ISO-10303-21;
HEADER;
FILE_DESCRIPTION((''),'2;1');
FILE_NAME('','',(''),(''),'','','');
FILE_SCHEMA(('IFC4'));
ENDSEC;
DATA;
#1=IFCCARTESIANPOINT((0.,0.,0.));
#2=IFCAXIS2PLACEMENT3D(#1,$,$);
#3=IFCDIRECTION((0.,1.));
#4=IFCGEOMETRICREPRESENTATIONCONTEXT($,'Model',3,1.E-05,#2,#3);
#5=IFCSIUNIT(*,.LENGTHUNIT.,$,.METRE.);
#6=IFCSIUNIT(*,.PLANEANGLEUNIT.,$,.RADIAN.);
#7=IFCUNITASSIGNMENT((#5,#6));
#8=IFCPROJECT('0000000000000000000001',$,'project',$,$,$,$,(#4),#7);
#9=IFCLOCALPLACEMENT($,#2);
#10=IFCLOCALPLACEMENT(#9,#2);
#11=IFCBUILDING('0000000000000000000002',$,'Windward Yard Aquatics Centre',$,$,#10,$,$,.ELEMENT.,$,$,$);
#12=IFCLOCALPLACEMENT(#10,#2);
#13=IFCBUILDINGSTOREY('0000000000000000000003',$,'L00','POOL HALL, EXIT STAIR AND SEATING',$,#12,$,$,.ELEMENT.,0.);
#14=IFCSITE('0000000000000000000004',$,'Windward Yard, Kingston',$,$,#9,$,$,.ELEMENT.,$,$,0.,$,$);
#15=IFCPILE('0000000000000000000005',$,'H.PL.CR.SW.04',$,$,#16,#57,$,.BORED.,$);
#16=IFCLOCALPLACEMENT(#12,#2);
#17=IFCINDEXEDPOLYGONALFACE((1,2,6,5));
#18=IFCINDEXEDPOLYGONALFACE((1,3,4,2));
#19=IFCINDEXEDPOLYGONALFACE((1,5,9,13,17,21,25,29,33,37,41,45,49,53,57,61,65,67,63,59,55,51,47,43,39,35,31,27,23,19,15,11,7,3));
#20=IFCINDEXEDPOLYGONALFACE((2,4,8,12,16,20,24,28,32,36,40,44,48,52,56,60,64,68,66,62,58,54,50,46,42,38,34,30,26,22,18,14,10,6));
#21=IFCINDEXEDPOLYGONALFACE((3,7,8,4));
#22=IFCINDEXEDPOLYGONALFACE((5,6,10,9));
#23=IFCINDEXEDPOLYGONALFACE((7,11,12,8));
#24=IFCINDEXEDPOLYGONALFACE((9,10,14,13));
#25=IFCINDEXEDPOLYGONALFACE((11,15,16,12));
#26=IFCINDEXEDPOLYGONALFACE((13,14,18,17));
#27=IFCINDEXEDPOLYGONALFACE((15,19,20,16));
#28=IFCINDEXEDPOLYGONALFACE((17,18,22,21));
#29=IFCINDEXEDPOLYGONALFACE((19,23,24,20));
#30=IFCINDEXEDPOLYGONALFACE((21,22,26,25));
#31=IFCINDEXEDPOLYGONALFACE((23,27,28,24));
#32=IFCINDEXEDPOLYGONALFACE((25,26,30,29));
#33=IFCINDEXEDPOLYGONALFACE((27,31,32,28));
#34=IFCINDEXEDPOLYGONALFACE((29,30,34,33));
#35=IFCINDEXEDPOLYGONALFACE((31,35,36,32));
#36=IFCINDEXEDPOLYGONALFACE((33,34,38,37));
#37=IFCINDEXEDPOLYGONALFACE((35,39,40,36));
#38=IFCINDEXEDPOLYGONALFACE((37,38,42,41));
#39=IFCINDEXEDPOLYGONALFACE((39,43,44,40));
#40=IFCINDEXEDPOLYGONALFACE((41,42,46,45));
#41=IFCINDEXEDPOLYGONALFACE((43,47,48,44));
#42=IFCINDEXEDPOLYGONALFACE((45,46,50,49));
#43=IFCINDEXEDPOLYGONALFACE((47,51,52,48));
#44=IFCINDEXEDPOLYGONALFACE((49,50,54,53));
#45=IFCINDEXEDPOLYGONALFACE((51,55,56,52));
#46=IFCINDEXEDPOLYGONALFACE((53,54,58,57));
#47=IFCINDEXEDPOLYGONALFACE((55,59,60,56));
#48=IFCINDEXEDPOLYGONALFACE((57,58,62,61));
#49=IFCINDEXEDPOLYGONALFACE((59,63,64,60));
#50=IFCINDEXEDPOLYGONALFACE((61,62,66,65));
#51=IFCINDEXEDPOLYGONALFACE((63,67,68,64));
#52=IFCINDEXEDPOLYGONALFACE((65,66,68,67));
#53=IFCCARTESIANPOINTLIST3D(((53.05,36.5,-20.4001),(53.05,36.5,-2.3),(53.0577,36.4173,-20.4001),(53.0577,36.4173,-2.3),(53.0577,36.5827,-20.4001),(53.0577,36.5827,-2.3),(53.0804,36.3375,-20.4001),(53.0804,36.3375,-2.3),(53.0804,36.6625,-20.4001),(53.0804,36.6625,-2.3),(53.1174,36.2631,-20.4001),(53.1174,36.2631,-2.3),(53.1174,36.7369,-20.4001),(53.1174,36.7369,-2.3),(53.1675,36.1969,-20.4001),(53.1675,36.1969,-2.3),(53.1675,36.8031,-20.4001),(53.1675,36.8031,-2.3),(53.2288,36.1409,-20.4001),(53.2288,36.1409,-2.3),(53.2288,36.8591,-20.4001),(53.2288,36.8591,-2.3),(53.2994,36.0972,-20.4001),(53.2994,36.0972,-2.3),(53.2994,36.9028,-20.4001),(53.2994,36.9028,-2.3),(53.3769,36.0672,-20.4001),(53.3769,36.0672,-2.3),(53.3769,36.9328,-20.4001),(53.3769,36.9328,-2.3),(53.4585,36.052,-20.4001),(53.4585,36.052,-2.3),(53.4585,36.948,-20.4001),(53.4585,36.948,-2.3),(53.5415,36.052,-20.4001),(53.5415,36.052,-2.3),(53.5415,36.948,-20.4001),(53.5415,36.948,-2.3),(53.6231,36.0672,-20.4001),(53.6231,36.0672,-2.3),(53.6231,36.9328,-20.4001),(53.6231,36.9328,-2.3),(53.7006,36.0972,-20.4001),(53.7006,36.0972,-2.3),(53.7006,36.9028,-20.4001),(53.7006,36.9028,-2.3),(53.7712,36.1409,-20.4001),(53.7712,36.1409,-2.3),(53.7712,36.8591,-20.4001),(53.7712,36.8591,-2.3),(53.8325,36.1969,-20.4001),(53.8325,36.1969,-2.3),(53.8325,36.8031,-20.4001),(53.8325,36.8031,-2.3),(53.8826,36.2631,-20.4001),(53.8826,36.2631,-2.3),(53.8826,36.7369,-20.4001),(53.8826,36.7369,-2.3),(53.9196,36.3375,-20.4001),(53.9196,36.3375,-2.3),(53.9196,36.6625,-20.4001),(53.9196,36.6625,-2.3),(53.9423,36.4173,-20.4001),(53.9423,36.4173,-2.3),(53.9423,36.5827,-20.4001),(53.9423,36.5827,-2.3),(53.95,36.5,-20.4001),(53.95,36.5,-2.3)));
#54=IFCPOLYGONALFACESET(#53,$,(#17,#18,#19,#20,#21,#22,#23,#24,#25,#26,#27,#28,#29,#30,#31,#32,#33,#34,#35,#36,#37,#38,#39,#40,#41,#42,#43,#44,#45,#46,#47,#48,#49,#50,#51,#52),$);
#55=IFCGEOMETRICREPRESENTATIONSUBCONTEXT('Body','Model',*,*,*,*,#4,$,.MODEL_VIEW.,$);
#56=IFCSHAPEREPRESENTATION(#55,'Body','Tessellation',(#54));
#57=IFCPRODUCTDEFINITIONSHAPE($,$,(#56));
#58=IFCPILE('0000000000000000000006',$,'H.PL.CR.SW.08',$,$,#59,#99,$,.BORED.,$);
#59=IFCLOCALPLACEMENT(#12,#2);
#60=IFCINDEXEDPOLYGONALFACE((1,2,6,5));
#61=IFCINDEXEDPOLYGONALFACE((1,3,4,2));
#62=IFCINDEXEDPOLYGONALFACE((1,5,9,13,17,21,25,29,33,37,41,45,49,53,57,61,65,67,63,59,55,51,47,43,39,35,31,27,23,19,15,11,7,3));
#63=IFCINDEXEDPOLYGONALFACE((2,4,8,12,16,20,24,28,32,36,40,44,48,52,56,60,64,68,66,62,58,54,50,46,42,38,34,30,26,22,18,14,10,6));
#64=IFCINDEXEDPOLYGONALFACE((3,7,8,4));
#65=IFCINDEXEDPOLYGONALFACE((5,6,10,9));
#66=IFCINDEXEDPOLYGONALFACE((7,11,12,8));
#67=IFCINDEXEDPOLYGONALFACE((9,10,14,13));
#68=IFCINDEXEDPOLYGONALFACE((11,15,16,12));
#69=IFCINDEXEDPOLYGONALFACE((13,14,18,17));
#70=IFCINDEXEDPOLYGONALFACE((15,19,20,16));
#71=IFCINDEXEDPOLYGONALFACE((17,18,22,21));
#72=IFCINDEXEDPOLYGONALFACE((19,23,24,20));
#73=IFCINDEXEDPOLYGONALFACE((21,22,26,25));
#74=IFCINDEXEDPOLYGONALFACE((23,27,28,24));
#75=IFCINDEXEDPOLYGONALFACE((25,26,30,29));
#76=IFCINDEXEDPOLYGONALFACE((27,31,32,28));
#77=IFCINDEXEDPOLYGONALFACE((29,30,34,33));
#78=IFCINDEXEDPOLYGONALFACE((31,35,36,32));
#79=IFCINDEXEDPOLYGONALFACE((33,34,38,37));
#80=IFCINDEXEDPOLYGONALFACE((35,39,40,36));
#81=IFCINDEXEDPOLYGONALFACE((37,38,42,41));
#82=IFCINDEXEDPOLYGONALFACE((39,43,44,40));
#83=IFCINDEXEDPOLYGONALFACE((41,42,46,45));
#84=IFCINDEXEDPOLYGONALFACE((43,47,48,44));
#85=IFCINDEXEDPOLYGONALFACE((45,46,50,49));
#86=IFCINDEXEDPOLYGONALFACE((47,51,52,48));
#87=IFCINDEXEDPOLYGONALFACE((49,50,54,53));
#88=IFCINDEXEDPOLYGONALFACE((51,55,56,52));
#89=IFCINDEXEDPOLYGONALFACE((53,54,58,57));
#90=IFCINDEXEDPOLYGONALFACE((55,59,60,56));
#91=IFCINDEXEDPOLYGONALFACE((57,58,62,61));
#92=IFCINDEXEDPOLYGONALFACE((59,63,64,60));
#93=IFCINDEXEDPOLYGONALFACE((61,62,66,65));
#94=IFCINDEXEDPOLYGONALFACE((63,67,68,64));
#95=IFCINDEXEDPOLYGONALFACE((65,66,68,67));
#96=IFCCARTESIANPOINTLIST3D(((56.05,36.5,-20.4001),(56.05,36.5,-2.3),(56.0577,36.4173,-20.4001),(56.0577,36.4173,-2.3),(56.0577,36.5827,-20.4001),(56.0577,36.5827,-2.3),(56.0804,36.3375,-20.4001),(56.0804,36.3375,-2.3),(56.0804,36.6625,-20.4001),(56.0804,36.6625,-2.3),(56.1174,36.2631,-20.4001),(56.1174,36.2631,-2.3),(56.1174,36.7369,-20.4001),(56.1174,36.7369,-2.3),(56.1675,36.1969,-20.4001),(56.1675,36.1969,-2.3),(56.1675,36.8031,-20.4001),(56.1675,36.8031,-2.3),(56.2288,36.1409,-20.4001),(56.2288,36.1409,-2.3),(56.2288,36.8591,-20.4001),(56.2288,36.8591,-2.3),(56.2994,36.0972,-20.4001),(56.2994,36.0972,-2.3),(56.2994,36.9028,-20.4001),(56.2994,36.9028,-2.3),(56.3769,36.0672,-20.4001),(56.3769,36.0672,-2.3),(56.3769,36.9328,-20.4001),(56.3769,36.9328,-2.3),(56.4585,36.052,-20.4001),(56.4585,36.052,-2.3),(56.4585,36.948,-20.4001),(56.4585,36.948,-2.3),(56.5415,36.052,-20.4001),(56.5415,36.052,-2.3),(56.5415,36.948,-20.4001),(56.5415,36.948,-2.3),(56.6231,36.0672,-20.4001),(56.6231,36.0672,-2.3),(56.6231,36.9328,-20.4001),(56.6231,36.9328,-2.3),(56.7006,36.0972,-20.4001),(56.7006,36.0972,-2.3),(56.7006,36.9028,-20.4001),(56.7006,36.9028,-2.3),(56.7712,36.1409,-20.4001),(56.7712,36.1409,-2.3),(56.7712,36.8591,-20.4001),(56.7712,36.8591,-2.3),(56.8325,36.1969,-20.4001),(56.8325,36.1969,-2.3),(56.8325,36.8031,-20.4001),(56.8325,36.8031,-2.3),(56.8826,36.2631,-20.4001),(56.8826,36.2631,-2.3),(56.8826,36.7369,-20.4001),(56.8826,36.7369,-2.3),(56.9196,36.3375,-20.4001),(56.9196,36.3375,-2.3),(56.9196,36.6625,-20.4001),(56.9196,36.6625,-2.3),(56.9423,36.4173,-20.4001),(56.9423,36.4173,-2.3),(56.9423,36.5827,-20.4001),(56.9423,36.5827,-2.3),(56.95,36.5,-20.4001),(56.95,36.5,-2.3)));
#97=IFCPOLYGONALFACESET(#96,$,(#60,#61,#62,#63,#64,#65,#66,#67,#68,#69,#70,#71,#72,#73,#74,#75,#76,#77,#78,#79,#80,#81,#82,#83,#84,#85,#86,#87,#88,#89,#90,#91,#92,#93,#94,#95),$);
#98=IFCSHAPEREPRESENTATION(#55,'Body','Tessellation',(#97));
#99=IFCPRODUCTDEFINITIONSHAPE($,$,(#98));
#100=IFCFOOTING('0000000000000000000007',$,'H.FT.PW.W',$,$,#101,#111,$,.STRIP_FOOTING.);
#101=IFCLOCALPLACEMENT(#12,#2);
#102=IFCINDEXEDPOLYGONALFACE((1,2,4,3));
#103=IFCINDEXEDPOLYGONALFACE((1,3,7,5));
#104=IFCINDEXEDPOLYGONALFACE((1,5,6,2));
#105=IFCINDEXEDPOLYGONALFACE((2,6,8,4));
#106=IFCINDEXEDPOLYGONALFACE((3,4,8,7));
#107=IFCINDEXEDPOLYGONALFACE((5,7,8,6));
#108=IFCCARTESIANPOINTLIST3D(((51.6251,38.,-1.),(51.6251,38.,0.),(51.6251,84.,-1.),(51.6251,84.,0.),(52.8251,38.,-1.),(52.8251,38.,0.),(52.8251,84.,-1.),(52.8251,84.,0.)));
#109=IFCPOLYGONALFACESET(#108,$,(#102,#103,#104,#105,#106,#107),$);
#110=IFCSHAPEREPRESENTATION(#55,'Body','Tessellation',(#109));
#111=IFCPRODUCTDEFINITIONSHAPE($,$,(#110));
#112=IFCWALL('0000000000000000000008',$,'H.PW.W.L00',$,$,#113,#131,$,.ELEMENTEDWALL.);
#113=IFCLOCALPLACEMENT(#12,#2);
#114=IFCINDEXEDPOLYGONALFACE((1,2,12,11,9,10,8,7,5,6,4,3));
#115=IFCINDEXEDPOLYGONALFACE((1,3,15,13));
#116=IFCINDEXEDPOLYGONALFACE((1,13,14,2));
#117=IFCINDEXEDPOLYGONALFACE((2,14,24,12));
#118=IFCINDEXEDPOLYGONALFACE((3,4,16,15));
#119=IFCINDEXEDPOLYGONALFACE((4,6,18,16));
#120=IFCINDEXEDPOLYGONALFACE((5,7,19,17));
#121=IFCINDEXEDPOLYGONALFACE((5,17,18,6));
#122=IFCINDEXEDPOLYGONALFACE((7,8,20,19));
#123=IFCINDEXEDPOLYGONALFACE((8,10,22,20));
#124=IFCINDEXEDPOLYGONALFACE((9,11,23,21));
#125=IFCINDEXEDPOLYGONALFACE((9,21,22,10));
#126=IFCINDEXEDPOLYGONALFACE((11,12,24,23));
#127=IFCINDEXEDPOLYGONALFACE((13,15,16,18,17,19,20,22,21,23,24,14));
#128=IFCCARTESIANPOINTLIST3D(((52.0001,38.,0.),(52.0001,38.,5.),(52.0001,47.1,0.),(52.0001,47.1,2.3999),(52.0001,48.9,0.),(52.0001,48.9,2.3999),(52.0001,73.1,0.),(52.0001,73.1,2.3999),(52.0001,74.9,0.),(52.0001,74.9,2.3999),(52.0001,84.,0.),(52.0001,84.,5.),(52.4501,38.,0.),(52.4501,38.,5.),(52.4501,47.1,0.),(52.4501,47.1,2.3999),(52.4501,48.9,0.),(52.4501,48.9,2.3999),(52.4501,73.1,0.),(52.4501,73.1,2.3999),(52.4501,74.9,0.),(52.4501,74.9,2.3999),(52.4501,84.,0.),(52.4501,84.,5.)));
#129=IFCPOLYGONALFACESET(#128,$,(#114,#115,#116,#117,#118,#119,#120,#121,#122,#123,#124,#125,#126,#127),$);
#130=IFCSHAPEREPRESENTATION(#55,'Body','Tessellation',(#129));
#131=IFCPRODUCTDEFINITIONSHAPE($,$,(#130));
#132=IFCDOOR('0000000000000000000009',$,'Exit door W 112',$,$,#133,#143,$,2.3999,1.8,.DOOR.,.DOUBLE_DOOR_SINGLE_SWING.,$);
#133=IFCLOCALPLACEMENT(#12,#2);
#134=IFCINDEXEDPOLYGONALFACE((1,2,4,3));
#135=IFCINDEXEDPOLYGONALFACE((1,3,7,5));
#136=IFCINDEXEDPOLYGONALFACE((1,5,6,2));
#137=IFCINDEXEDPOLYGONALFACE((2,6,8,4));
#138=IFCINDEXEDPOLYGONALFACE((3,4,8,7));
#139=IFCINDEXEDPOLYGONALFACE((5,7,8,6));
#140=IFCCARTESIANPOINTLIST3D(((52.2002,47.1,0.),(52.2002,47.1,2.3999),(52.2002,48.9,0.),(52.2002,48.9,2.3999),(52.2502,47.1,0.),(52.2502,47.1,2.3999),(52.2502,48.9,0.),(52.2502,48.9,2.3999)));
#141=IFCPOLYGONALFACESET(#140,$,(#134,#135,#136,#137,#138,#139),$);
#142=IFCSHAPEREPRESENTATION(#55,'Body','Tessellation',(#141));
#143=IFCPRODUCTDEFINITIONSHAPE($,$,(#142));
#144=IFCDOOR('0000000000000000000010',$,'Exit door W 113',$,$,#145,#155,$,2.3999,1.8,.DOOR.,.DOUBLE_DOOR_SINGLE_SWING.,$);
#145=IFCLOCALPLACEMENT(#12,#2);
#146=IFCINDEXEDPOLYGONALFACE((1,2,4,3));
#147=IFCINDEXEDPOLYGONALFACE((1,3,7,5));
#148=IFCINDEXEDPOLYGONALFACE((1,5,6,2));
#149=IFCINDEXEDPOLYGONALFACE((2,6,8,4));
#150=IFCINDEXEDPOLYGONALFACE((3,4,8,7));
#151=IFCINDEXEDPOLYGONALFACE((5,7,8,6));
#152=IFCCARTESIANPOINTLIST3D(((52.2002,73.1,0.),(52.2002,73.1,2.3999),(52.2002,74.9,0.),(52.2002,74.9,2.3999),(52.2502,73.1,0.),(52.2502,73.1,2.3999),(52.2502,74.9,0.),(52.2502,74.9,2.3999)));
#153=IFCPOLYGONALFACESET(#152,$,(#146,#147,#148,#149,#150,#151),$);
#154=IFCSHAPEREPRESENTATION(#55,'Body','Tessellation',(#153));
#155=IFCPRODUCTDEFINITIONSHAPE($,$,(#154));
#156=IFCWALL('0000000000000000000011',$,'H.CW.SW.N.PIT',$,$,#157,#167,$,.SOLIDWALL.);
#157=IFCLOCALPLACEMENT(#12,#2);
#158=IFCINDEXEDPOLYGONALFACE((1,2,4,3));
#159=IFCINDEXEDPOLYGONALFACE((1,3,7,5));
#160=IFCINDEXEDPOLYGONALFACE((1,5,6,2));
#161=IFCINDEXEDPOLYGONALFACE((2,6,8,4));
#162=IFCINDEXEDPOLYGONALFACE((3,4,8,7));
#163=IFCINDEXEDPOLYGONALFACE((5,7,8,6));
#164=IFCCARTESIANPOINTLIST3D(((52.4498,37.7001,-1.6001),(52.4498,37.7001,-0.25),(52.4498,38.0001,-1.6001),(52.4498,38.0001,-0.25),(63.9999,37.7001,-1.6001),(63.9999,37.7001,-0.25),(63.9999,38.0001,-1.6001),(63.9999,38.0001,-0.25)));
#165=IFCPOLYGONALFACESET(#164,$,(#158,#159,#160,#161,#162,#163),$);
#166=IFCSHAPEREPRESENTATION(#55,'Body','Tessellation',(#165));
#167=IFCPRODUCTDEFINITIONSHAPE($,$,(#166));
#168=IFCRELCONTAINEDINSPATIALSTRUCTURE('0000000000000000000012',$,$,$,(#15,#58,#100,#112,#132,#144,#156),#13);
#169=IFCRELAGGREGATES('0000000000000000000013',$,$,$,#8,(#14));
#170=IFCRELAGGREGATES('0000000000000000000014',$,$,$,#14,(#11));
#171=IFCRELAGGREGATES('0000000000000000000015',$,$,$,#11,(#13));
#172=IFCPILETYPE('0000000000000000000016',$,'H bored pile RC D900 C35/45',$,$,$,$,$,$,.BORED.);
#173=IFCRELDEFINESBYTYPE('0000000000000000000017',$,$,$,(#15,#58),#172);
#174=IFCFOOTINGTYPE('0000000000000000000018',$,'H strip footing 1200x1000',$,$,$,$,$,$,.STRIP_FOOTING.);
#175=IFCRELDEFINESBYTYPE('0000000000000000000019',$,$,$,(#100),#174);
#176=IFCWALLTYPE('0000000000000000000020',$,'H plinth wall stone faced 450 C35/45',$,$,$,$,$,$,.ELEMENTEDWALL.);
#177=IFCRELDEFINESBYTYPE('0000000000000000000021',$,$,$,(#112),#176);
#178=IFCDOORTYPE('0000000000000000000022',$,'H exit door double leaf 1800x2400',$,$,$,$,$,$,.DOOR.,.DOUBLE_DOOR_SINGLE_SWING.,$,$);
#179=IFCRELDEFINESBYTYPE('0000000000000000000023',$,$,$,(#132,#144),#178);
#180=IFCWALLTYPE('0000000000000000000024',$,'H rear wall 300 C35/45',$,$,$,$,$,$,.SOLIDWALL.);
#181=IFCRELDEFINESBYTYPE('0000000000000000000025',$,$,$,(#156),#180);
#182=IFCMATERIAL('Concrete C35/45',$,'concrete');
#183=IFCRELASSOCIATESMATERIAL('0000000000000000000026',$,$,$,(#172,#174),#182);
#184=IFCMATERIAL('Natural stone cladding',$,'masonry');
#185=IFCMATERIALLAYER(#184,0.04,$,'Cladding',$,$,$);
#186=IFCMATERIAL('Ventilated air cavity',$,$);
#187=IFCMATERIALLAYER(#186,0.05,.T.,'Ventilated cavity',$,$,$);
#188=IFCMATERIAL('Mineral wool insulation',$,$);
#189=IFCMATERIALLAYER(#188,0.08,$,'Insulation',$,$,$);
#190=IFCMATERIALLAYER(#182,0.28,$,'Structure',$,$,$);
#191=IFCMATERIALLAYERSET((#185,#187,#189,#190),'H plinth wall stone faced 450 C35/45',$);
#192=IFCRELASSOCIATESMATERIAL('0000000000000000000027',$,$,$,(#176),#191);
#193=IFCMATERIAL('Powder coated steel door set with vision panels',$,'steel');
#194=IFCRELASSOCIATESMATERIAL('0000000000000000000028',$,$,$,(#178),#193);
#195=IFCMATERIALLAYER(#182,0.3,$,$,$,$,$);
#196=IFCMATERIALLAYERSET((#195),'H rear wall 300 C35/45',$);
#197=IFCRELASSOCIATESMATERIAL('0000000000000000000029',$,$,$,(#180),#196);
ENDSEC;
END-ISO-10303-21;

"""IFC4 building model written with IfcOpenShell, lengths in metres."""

from ifc_helpers import new_model, si_unit, direction, frame, frame_2d, origin, origin_2d, place, context, subcontext, project, spatial, rectangle, circle, extrude, material, layer, layer_set, material_profile, profile_set, type_object, element, fill, save


model = new_model("IFC4")

# Units and contexts
model_context = context("Model", 3, precision=1e-05, world=origin(), true_north=direction((0.0, 1.0)))
body_context = subcontext(model_context, "Body", "Model", "MODEL_VIEW")
ifc_project = project(units=[si_unit("LENGTHUNIT", "METRE"), si_unit("PLANEANGLEUNIT", "RADIAN")], contexts=[model_context])

# Site, building, storey
site_placement = place(None, origin())
site = spatial("IfcSite", under=ifc_project, at=site_placement, Name="Windward Yard, Kingston", CompositionType="ELEMENT", RefElevation=0.0)
building_placement = place(site_placement, origin())
building = spatial("IfcBuilding", under=site, at=building_placement, Name="Windward Yard Aquatics Centre", CompositionType="ELEMENT")
storey_placement = place(building_placement, origin())
storey = spatial("IfcBuildingStorey", under=building, at=storey_placement, Name="L00", Description="POOL HALL, EXIT STAIR AND SEATING", CompositionType="ELEMENT", Elevation=0.0)

# Piles
ifc_material_1 = material(Name="Concrete C35/45", Category="concrete")
ifc_material_profile = material_profile(ifc_material_1, circle(Radius=0.45, at=origin_2d()), Name="RC D900")
ifc_profile_set = profile_set([ifc_material_profile], Name="Concrete C35/45")
pile_type = type_object("IfcPileType", Name="H bored pile RC D900 C35/45", PredefinedType="BORED", material=ifc_profile_set)
for number, where, z_axis, x_axis, name in (
    (1, (53.5, 36.5, -2.3), (0.0, 0.0, -1.0), (1.0, 0.0, 0.0), "H.PL.CR.SW.04"),
    (2, (56.5, 36.5, -2.3), (0.0, 0.0, -1.0), (1.0, 0.0, 0.0), "H.PL.CR.SW.08"),
):
    element("IfcPile", number, at=place(storey_placement, frame(where, z_axis=z_axis, x_axis=x_axis)), inside=storey, type_object=pile_type, Name=name, PredefinedType="BORED", context=body_context, shape_type="SweptSolid", body=[
        extrude(circle(Radius=0.45, at=origin_2d()), origin(), (0.0, 0.0, 1.0), 18.1001),
    ])

# Footing
footing_type = type_object("IfcFootingType", Name="H strip footing 1200x1000", PredefinedType="STRIP_FOOTING", material=ifc_material_1)
footing_placement = place(storey_placement, frame((52.2251, 61.0, -1.0), z_axis=(0.0, 0.0, 1.0), x_axis=(1.0, 0.0, 0.0)))
element("IfcFooting", 3, at=footing_placement, inside=storey, type_object=footing_type, Name="H.FT.PW.W", PredefinedType="STRIP_FOOTING", context=body_context, shape_type="SweptSolid", body=[
    extrude(rectangle(XDim=1.2, YDim=46.0, at=origin_2d()), origin(), (0.0, 0.0, 1.0), 1.0),
])

# Wall, openings, doors
ifc_material_2 = material(Name="Natural stone cladding", Category="masonry")
ifc_layer_1 = layer(ifc_material_2, 0.04, Name="Cladding")
ifc_material_3 = material(Name="Ventilated air cavity")
ifc_layer_2 = layer(ifc_material_3, 0.05, ventilated=True, Name="Ventilated cavity")
ifc_material_4 = material(Name="Mineral wool insulation")
ifc_layer_3 = layer(ifc_material_4, 0.08, Name="Insulation")
ifc_layer_4 = layer(ifc_material_1, 0.28, Name="Structure")
ifc_layer_set_1 = layer_set([ifc_layer_1, ifc_layer_2, ifc_layer_3, ifc_layer_4], Name="H plinth wall stone faced 450 C35/45")
wall_type_1 = type_object("IfcWallType", Name="H plinth wall stone faced 450 C35/45", PredefinedType="ELEMENTEDWALL", material=ifc_layer_set_1)
wall_1_placement = place(storey_placement, frame((52.2251, 38.0, 0.0), z_axis=(0.0, 0.0, 1.0), x_axis=(0.0, 1.0, 0.0)))
wall_1 = element("IfcWall", 4, at=wall_1_placement, inside=storey, type_object=wall_type_1, Name="H.PW.W.L00", PredefinedType="ELEMENTEDWALL", context=body_context, shape_type="SweptSolid", body=[
    extrude(rectangle(XDim=46.0, YDim=0.45, at=frame_2d((23.0, 0.0))), origin(), (0.0, 0.0, 1.0), 5.0),
])
opening_1_placement = place(wall_1_placement, frame((9.1001, 0.0, 0.0)))
opening_1 = element("IfcOpeningElement", 5, at=opening_1_placement, cuts=wall_1, PredefinedType="OPENING", context=body_context, shape_type="SweptSolid", body=[
    extrude(rectangle(XDim=1.8, YDim=2.3999, at=frame_2d((0.8999, 1.2))), frame((0.0, 0.2349, 0.0), z_axis=(0.0, -1.0, 0.0), x_axis=(1.0, 0.0, 0.0)), (0.0, 0.0, 1.0), 0.47),
])
opening_2_placement = place(wall_1_placement, frame((35.1001, 0.0, 0.0)))
opening_2 = element("IfcOpeningElement", 6, at=opening_2_placement, cuts=wall_1, PredefinedType="OPENING", context=body_context, shape_type="SweptSolid", body=[
    extrude(rectangle(XDim=1.8, YDim=2.3999, at=frame_2d((0.8999, 1.2))), frame((0.0, 0.2349, 0.0), z_axis=(0.0, -1.0, 0.0), x_axis=(1.0, 0.0, 0.0)), (0.0, 0.0, 1.0), 0.47),
])
ifc_material_5 = material(Name="Powder coated steel door set with vision panels", Category="steel")
door_type_1 = type_object("IfcDoorType", Name="H exit door double leaf 1800x2400", OperationType="DOUBLE_DOOR_SINGLE_SWING", PredefinedType="DOOR", material=ifc_material_5)
door_1_placement = place(opening_1_placement, origin())
door_1 = element("IfcDoor", 7, at=door_1_placement, inside=storey, type_object=door_type_1, Name="Exit door W 112", OperationType="DOUBLE_DOOR_SINGLE_SWING", OverallHeight=2.3999, OverallWidth=1.8, PredefinedType="DOOR", context=body_context, shape_type="SweptSolid", body=[
    extrude(rectangle(XDim=1.8, YDim=2.3999, at=frame_2d((0.8999, 1.2))), frame((0.0, 0.0249, 0.0), z_axis=(0.0, -1.0, 0.0), x_axis=(1.0, 0.0, 0.0)), (0.0, 0.0, 1.0), 0.05),
])
fill(opening_1, door_1)
door_2_placement = place(opening_2_placement, origin())
door_2 = element("IfcDoor", 8, at=door_2_placement, inside=storey, type_object=door_type_1, Name="Exit door W 113", OperationType="DOUBLE_DOOR_SINGLE_SWING", OverallHeight=2.3999, OverallWidth=1.8, PredefinedType="DOOR", context=body_context, shape_type="SweptSolid", body=[
    extrude(rectangle(XDim=1.8, YDim=2.3999, at=frame_2d((0.8999, 1.2))), frame((0.0, 0.0249, 0.0), z_axis=(0.0, -1.0, 0.0), x_axis=(1.0, 0.0, 0.0)), (0.0, 0.0, 1.0), 0.05),
])
fill(opening_2, door_2)

# Wall
ifc_layer_5 = layer(ifc_material_1, 0.3)
ifc_layer_set_2 = layer_set([ifc_layer_5], Name="H rear wall 300 C35/45")
wall_type_2 = type_object("IfcWallType", Name="H rear wall 300 C35/45", PredefinedType="SOLIDWALL", material=ifc_layer_set_2)
wall_2_placement = place(storey_placement, frame((52.45, 37.8501, -1.6001), z_axis=(0.0, 0.0, 1.0), x_axis=(1.0, 0.0, 0.0)))
element("IfcWall", 9, at=wall_2_placement, inside=storey, type_object=wall_type_2, Name="H.CW.SW.N.PIT", PredefinedType="SOLIDWALL", context=body_context, shape_type="SweptSolid", body=[
    extrude(rectangle(XDim=11.55, YDim=0.3, at=frame_2d((5.7749, 0.0))), origin(), (0.0, 0.0, 1.0), 1.3501),
])

save(model, "model.ifc")
